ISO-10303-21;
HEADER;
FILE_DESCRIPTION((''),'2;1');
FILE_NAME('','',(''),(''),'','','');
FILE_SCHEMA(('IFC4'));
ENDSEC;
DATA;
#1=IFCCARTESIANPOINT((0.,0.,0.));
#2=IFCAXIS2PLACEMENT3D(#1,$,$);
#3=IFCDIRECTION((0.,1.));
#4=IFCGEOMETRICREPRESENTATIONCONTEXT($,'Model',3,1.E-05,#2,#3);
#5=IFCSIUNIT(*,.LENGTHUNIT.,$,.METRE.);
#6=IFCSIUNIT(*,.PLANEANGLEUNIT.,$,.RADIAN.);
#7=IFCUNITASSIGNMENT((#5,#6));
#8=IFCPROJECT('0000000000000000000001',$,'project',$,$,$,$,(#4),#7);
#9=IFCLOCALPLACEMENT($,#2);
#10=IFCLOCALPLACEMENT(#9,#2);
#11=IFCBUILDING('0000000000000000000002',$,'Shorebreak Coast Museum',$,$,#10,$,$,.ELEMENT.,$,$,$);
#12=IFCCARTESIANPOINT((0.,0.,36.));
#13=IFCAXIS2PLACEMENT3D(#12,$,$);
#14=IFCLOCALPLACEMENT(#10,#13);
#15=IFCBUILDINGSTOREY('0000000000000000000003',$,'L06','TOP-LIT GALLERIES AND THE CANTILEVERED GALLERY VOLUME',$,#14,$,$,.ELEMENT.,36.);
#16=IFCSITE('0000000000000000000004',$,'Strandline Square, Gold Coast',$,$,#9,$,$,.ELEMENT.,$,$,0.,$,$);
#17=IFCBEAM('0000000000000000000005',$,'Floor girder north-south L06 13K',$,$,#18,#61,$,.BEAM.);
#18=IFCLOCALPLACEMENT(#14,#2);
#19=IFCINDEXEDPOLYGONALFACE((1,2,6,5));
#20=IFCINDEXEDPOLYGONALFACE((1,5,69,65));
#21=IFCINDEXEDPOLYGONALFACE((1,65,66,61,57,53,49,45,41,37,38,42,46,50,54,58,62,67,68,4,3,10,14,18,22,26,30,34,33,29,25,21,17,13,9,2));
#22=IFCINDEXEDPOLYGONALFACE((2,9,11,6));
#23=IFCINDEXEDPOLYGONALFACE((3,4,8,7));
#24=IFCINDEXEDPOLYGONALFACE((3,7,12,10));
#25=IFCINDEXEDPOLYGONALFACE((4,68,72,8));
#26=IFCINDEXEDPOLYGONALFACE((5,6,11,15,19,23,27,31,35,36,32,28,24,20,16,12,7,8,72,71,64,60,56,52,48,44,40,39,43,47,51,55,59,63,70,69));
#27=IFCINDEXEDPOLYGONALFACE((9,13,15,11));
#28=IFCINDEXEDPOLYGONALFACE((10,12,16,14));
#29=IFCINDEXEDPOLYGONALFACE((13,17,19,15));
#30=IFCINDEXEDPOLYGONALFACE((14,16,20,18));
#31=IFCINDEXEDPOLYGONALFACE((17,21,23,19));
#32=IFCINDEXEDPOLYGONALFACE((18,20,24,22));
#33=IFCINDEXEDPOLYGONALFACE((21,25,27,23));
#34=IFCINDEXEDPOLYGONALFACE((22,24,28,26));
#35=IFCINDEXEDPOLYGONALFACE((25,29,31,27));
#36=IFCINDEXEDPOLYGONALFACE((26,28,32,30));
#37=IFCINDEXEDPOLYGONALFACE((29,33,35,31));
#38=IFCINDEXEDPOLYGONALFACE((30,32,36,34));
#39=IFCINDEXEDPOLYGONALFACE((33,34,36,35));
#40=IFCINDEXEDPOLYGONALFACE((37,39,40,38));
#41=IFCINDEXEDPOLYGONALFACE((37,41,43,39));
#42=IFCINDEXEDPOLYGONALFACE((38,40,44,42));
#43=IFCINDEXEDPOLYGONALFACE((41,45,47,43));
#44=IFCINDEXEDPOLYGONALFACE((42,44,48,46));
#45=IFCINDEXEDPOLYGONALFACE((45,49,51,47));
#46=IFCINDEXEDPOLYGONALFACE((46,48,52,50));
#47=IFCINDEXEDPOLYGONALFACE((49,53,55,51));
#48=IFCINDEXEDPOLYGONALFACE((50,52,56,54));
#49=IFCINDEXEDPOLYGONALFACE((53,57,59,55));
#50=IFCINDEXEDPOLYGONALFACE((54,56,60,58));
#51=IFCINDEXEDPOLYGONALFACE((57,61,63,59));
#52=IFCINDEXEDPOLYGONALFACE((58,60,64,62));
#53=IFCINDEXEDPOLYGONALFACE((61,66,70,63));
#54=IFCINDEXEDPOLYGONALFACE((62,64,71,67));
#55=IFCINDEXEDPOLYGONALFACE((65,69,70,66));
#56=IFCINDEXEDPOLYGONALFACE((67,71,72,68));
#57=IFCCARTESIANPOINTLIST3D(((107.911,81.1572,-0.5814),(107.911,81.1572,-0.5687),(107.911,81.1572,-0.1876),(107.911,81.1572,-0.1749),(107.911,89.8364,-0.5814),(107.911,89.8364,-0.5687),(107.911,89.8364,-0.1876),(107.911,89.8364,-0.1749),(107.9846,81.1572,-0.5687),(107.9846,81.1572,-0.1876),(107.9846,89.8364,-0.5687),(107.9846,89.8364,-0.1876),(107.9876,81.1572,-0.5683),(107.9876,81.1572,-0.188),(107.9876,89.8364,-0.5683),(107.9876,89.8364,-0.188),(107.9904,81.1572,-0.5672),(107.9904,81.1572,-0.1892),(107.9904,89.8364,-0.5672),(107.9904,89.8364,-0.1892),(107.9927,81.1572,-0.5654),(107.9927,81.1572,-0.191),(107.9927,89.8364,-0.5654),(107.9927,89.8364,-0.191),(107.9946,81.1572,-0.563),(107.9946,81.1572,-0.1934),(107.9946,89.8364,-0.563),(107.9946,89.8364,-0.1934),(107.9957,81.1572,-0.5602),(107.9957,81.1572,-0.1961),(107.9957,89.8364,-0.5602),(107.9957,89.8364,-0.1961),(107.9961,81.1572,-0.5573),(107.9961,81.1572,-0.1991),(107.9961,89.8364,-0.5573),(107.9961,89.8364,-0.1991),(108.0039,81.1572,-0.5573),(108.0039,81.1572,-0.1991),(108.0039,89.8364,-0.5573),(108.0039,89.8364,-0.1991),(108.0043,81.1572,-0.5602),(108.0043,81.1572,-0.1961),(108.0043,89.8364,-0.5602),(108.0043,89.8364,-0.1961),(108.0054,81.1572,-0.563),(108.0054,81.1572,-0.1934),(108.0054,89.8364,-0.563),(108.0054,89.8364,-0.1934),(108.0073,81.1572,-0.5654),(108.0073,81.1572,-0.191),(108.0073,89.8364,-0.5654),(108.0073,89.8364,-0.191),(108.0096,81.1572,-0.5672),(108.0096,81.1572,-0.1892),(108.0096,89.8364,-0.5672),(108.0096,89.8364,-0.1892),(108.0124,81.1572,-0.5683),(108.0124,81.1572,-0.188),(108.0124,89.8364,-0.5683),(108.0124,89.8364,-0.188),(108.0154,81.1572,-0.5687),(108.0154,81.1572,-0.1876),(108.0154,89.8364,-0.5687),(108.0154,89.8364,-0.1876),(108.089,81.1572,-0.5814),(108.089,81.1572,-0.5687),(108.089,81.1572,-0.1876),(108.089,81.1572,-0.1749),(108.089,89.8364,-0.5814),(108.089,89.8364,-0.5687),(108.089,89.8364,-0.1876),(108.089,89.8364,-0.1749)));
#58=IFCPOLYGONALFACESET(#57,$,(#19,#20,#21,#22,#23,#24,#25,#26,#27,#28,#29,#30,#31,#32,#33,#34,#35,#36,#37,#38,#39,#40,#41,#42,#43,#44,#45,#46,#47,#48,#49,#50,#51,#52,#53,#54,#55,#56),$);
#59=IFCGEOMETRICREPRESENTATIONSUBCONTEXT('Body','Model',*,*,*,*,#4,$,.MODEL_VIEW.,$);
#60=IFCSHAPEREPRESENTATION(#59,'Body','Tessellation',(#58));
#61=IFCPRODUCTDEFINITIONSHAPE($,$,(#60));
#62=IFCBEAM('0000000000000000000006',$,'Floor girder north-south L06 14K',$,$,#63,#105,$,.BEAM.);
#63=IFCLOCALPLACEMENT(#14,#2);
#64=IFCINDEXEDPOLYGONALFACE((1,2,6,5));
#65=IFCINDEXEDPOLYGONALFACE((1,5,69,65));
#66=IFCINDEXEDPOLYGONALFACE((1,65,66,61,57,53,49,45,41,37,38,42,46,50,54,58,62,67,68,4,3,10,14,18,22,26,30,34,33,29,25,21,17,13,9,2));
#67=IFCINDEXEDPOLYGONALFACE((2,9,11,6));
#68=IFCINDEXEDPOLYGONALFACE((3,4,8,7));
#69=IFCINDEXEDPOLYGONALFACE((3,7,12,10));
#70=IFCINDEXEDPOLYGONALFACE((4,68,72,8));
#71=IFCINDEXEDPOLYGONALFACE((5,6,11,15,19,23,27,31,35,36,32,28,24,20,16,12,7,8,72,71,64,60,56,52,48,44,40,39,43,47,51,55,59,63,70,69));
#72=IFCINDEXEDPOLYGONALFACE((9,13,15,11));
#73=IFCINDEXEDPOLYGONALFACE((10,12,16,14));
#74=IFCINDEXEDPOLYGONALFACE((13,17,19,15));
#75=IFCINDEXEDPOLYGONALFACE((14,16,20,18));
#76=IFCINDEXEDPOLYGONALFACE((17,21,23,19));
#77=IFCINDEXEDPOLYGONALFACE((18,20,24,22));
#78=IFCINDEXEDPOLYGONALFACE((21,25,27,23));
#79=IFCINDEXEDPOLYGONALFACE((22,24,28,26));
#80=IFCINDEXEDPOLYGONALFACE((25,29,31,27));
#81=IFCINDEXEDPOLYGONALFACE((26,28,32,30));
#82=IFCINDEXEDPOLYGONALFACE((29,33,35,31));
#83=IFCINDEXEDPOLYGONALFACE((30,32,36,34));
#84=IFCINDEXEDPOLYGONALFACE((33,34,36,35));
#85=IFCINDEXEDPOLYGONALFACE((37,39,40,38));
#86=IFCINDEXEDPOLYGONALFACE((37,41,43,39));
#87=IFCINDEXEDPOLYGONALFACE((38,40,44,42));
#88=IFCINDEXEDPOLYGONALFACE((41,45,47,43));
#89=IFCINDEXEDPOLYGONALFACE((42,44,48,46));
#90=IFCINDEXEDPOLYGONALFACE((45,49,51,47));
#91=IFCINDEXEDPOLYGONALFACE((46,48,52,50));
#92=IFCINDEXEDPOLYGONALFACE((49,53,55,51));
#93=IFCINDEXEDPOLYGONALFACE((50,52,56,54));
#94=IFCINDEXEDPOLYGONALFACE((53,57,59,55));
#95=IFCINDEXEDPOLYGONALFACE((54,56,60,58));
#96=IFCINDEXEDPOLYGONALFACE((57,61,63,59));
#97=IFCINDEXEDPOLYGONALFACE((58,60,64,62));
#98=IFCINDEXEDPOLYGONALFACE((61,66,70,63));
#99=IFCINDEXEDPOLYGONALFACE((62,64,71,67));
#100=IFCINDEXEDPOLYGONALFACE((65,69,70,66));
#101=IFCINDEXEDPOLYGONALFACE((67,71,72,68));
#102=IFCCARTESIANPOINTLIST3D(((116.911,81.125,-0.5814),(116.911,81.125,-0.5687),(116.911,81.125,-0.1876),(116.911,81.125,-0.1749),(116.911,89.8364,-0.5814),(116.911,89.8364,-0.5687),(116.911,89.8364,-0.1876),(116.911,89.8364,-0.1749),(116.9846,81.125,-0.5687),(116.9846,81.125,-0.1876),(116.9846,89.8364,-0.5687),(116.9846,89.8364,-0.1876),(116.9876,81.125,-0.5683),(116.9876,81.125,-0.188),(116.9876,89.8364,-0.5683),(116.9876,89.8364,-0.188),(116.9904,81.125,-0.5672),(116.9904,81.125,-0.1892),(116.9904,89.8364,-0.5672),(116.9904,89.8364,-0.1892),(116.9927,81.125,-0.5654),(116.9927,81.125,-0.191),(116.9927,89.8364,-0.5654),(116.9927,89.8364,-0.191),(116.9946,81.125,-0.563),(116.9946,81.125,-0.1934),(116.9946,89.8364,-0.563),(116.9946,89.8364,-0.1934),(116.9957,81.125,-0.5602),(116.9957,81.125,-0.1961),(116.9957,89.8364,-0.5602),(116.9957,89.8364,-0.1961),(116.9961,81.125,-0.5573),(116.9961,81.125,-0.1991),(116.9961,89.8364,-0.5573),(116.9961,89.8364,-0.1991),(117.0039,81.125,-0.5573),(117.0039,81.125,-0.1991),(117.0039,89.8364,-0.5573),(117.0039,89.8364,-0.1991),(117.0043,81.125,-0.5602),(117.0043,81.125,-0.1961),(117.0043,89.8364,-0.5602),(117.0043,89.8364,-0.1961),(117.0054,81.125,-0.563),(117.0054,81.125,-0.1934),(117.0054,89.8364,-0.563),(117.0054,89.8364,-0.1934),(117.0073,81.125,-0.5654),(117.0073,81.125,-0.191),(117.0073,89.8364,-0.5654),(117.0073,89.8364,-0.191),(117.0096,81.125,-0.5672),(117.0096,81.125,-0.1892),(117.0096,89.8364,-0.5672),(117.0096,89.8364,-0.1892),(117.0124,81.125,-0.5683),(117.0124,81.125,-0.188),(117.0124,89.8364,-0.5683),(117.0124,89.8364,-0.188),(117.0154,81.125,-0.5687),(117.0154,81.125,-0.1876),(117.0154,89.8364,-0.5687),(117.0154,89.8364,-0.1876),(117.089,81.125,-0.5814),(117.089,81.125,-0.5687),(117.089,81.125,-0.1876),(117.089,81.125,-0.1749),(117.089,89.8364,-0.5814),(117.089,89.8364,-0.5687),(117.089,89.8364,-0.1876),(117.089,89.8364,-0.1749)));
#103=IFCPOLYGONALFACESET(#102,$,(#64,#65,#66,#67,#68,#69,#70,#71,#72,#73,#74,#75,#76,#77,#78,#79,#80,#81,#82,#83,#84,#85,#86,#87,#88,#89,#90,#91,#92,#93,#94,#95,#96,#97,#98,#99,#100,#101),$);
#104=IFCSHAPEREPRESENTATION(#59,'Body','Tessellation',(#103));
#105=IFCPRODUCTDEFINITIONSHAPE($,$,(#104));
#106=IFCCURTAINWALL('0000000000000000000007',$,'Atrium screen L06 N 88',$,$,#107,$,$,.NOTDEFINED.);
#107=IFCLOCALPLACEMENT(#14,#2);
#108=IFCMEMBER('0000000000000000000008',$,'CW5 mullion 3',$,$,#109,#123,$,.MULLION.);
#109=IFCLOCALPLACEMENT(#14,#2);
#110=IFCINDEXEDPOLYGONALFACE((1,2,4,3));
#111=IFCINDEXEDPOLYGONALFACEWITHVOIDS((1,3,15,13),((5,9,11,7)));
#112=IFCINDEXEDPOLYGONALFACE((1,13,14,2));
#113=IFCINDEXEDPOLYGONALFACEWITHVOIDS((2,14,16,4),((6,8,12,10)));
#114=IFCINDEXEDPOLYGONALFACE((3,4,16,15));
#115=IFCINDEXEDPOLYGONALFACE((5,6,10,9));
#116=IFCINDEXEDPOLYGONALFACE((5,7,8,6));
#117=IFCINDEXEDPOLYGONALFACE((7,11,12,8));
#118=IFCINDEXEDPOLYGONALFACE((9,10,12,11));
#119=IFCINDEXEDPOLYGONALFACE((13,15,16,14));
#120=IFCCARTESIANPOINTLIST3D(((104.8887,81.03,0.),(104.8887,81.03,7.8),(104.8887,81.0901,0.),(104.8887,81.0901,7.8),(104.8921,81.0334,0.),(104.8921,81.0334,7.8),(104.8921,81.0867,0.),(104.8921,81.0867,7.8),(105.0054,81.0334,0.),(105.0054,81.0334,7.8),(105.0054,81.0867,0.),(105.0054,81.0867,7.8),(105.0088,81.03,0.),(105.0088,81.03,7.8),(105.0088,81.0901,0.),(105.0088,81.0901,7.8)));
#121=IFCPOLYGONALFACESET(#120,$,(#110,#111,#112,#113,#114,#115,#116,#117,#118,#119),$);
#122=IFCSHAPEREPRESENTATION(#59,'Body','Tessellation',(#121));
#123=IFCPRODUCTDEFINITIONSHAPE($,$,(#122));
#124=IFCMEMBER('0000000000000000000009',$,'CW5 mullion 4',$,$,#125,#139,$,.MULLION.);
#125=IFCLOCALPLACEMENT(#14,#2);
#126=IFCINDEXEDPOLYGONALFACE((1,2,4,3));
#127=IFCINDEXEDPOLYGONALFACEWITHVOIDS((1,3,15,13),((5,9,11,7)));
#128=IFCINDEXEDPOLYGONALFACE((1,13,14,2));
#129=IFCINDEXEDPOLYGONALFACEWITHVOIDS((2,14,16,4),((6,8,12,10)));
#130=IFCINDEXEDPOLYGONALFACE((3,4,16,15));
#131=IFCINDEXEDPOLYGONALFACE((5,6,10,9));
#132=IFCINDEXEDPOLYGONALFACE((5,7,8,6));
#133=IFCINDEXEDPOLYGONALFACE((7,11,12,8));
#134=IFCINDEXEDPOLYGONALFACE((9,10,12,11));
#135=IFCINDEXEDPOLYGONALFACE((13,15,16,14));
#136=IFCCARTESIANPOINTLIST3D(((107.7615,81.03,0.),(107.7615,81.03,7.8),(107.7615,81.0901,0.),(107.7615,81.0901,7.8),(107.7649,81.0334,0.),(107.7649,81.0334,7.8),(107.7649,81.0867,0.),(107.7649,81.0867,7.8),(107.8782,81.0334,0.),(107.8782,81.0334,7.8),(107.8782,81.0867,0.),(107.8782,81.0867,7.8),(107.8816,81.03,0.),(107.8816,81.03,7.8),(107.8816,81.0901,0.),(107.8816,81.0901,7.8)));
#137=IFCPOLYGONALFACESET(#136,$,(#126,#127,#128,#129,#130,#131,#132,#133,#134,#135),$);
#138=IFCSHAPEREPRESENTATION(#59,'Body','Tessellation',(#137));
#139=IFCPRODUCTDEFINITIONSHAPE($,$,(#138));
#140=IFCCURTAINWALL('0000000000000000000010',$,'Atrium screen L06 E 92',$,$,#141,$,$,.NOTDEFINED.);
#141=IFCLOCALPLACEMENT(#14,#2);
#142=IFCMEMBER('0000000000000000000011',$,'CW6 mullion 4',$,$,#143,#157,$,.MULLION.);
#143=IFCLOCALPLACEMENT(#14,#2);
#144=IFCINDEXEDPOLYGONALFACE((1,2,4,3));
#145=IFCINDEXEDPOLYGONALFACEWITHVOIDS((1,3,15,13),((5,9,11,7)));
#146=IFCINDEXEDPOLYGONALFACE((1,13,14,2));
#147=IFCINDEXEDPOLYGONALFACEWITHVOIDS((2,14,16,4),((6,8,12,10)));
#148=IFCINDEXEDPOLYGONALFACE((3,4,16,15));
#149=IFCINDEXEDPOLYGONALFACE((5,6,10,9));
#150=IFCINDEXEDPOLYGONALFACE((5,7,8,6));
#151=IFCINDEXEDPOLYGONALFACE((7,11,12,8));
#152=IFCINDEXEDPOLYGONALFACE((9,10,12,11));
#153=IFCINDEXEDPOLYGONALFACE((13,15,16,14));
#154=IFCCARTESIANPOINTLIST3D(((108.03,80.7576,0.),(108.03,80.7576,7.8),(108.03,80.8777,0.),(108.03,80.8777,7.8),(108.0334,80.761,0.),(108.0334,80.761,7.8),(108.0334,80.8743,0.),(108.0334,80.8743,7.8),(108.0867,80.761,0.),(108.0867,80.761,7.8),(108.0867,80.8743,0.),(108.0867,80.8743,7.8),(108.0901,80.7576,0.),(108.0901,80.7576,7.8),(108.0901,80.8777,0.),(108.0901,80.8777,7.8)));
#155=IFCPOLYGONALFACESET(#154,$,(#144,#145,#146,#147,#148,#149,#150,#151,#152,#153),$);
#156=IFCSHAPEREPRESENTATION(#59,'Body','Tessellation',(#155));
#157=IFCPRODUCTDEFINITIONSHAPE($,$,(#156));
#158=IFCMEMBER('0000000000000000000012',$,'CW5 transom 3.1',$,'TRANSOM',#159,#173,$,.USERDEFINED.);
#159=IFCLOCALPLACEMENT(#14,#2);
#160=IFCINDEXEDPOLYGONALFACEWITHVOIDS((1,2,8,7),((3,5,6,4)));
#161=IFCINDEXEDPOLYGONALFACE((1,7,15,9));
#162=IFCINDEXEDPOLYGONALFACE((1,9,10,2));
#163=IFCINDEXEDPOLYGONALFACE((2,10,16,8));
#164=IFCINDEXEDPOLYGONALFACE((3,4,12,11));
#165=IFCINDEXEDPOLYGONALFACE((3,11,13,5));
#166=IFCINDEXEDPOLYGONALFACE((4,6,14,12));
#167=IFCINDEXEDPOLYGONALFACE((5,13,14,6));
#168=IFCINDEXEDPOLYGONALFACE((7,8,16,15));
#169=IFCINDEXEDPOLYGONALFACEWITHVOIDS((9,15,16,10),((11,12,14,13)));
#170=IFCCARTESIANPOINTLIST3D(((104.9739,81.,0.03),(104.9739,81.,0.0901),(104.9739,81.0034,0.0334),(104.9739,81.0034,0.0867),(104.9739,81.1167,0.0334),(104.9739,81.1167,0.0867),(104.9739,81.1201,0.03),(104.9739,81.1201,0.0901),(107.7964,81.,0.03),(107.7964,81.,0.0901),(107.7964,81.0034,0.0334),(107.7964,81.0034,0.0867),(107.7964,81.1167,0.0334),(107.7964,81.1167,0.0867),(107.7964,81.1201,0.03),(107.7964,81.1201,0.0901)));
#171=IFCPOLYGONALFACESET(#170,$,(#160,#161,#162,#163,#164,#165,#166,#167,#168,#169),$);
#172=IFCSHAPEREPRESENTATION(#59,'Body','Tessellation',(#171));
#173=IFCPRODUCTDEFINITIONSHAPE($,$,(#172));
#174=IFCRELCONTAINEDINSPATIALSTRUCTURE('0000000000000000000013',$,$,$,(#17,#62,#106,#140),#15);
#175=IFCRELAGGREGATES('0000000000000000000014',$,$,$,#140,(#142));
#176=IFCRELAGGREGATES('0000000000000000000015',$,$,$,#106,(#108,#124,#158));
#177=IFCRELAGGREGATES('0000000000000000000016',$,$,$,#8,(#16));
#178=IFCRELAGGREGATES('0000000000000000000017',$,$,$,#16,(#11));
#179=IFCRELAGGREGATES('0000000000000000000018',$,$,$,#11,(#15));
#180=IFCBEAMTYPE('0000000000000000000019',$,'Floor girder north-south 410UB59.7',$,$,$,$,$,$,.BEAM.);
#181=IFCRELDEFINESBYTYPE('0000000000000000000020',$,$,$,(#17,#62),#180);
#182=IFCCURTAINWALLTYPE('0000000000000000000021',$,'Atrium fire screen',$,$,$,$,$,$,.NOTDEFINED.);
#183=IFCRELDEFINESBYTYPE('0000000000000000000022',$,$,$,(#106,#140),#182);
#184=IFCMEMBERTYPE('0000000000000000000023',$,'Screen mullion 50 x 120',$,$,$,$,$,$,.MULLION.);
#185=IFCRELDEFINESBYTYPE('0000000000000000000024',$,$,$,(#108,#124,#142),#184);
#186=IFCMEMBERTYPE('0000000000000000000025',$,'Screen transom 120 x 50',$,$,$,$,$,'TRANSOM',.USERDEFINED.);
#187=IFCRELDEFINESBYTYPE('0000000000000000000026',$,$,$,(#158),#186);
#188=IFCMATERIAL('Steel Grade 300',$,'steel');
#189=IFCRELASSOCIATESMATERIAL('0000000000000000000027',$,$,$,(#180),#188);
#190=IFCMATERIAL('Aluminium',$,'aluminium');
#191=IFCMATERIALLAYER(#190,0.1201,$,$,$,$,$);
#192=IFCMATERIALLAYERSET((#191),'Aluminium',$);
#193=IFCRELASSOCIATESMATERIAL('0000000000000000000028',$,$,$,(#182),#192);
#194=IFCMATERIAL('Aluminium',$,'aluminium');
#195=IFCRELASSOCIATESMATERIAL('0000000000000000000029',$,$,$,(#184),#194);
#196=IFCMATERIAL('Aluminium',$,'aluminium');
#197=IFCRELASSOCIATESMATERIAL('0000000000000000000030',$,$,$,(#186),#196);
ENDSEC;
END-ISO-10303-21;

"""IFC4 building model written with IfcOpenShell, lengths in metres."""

from ifc_helpers import new_model, si_unit, direction, frame, origin, origin_2d, place, context, subcontext, project, spatial, hollow_rectangle, i_section, extrude, material, layer, layer_set, material_profile, profile_set, type_object, element, aggregate, save


model = new_model("IFC4")

# Units and contexts
model_context = context("Model", 3, precision=1e-05, world=origin(), true_north=direction((0.0, 1.0)))
body_context = subcontext(model_context, "Body", "Model", "MODEL_VIEW")
ifc_project = project(units=[si_unit("LENGTHUNIT", "METRE"), si_unit("PLANEANGLEUNIT", "RADIAN")], contexts=[model_context])

# Site, building, storey
site_placement = place(None, origin())
site = spatial("IfcSite", under=ifc_project, at=site_placement, Name="Strandline Square, Gold Coast", CompositionType="ELEMENT", RefElevation=0.0)
building_placement = place(site_placement, origin())
building = spatial("IfcBuilding", under=site, at=building_placement, Name="Shorebreak Coast Museum", CompositionType="ELEMENT")
storey_placement = place(building_placement, frame((0.0, 0.0, 36.0)))
storey = spatial("IfcBuildingStorey", under=building, at=storey_placement, Name="L06", Description="TOP-LIT GALLERIES AND THE CANTILEVERED GALLERY VOLUME", CompositionType="ELEMENT", Elevation=36.0)

# Beams
ifc_material_1 = material(Name="Steel Grade 300", Category="steel")
ifc_material_profile_1 = material_profile(ifc_material_1, i_section(OverallWidth=0.178, OverallDepth=0.4065, WebThickness=0.0078, FlangeThickness=0.0127, FilletRadius=0.0115, at=origin_2d()), Name="410UB59.7")
ifc_profile_set_1 = profile_set([ifc_material_profile_1], Name="Steel Grade 300")
beam_type_1 = type_object("IfcBeamType", Name="Floor girder north-south 410UB59.7", PredefinedType="BEAM", material=ifc_profile_set_1)
beam_1_placement = place(storey_placement, frame((108.0, 81.1572, -0.3782), z_axis=(0.0, 1.0, 0.0), x_axis=(-1.0, 0.0, 0.0)))
element("IfcBeam", 1, at=beam_1_placement, inside=storey, type_object=beam_type_1, Name="Floor girder north-south L06 13K", PredefinedType="BEAM", context=body_context, shape_type="SweptSolid", body=[
    extrude(i_section(OverallWidth=0.178, OverallDepth=0.4065, WebThickness=0.0078, FlangeThickness=0.0127, FilletRadius=0.0115, at=origin_2d()), origin(), (0.0, 0.0, 1.0), 8.6792),
])
beam_2_placement = place(storey_placement, frame((117.0, 81.125, -0.3782), z_axis=(0.0, 1.0, 0.0), x_axis=(-1.0, 0.0, 0.0)))
element("IfcBeam", 2, at=beam_2_placement, inside=storey, type_object=beam_type_1, Name="Floor girder north-south L06 14K", PredefinedType="BEAM", context=body_context, shape_type="SweptSolid", body=[
    extrude(i_section(OverallWidth=0.178, OverallDepth=0.4065, WebThickness=0.0078, FlangeThickness=0.0127, FilletRadius=0.0115, at=origin_2d()), origin(), (0.0, 0.0, 1.0), 8.7114),
])

# Curtain wall, members
ifc_material_2 = material(Name="Aluminium", Category="aluminium")
ifc_layer_1 = layer(ifc_material_2, 0.1201)
ifc_layer_set_1 = layer_set([ifc_layer_1], Name="Aluminium")
curtain_wall_type = type_object("IfcCurtainWallType", Name="Atrium fire screen", PredefinedType="NOTDEFINED", material=ifc_layer_set_1)
curtain_wall_1_placement = place(storey_placement, origin())
curtain_wall_1 = element("IfcCurtainWall", 3, at=curtain_wall_1_placement, inside=storey, type_object=curtain_wall_type, Name="Atrium screen L06 N 88", PredefinedType="NOTDEFINED")
ifc_material_3 = material(Name="Aluminium", Category="aluminium")
ifc_material_profile_2 = material_profile(ifc_material_3, hollow_rectangle(XDim=0.0601, YDim=0.1201, WallThickness=0.0034, at=origin_2d()), Name="AL 120x60 RHS")
ifc_profile_set_2 = profile_set([ifc_material_profile_2], Name="Aluminium")
member_type_1 = type_object("IfcMemberType", Name="Screen mullion 50 x 120", PredefinedType="MULLION", material=ifc_profile_set_2)
member_1_placement = place(storey_placement, frame((104.9487, 81.0601, 0.0), z_axis=(0.0, 0.0, 1.0), x_axis=(0.0, 1.0, 0.0)))
member_1 = element("IfcMember", 4, at=member_1_placement, type_object=member_type_1, Name="CW5 mullion 3", PredefinedType="MULLION", context=body_context, shape_type="SweptSolid", body=[
    extrude(hollow_rectangle(XDim=0.0601, YDim=0.1201, WallThickness=0.0034, at=origin_2d()), origin(), (0.0, 0.0, 1.0), 7.8),
])
member_2_placement = place(storey_placement, frame((107.8215, 81.0601, 0.0), z_axis=(0.0, 0.0, 1.0), x_axis=(0.0, 1.0, 0.0)))
member_2 = element("IfcMember", 5, at=member_2_placement, type_object=member_type_1, Name="CW5 mullion 4", PredefinedType="MULLION", context=body_context, shape_type="SweptSolid", body=[
    extrude(hollow_rectangle(XDim=0.0601, YDim=0.1201, WallThickness=0.0034, at=origin_2d()), origin(), (0.0, 0.0, 1.0), 7.8),
])

# Curtain wall, member
curtain_wall_2_placement = place(storey_placement, origin())
curtain_wall_2 = element("IfcCurtainWall", 6, at=curtain_wall_2_placement, inside=storey, type_object=curtain_wall_type, Name="Atrium screen L06 E 92", PredefinedType="NOTDEFINED")
member_3_placement = place(storey_placement, frame((108.0601, 80.8176, 0.0), z_axis=(0.0, 0.0, 1.0), x_axis=(-1.0, 0.0, 0.0)))
member_3 = element("IfcMember", 7, at=member_3_placement, type_object=member_type_1, Name="CW6 mullion 4", PredefinedType="MULLION", context=body_context, shape_type="SweptSolid", body=[
    extrude(hollow_rectangle(XDim=0.0601, YDim=0.1201, WallThickness=0.0034, at=origin_2d()), origin(), (0.0, 0.0, 1.0), 7.8),
])
aggregate(curtain_wall_2, [member_3])

# Member
ifc_material_4 = material(Name="Aluminium", Category="aluminium")
ifc_material_profile_3 = material_profile(ifc_material_4, hollow_rectangle(XDim=0.1201, YDim=0.0601, WallThickness=0.0034, at=origin_2d()), Name="AL 60x120 RHS")
ifc_profile_set_3 = profile_set([ifc_material_profile_3], Name="Aluminium")
member_type_2 = type_object("IfcMemberType", Name="Screen transom 120 x 50", ElementType="TRANSOM", PredefinedType="USERDEFINED", material=ifc_profile_set_3)
member_4_placement = place(storey_placement, frame((104.9739, 81.0601, 0.0601), z_axis=(1.0, 0.0, 0.0), x_axis=(0.0, 1.0, 0.0)))
member_4 = element("IfcMember", 8, at=member_4_placement, type_object=member_type_2, Name="CW5 transom 3.1", ObjectType="TRANSOM", PredefinedType="USERDEFINED", context=body_context, shape_type="SweptSolid", body=[
    extrude(hollow_rectangle(XDim=0.1201, YDim=0.0601, WallThickness=0.0034, at=origin_2d()), origin(), (0.0, 0.0, 1.0), 2.8225),
])

aggregate(curtain_wall_1, [member_1, member_2, member_4])

save(model, "model.ifc")
